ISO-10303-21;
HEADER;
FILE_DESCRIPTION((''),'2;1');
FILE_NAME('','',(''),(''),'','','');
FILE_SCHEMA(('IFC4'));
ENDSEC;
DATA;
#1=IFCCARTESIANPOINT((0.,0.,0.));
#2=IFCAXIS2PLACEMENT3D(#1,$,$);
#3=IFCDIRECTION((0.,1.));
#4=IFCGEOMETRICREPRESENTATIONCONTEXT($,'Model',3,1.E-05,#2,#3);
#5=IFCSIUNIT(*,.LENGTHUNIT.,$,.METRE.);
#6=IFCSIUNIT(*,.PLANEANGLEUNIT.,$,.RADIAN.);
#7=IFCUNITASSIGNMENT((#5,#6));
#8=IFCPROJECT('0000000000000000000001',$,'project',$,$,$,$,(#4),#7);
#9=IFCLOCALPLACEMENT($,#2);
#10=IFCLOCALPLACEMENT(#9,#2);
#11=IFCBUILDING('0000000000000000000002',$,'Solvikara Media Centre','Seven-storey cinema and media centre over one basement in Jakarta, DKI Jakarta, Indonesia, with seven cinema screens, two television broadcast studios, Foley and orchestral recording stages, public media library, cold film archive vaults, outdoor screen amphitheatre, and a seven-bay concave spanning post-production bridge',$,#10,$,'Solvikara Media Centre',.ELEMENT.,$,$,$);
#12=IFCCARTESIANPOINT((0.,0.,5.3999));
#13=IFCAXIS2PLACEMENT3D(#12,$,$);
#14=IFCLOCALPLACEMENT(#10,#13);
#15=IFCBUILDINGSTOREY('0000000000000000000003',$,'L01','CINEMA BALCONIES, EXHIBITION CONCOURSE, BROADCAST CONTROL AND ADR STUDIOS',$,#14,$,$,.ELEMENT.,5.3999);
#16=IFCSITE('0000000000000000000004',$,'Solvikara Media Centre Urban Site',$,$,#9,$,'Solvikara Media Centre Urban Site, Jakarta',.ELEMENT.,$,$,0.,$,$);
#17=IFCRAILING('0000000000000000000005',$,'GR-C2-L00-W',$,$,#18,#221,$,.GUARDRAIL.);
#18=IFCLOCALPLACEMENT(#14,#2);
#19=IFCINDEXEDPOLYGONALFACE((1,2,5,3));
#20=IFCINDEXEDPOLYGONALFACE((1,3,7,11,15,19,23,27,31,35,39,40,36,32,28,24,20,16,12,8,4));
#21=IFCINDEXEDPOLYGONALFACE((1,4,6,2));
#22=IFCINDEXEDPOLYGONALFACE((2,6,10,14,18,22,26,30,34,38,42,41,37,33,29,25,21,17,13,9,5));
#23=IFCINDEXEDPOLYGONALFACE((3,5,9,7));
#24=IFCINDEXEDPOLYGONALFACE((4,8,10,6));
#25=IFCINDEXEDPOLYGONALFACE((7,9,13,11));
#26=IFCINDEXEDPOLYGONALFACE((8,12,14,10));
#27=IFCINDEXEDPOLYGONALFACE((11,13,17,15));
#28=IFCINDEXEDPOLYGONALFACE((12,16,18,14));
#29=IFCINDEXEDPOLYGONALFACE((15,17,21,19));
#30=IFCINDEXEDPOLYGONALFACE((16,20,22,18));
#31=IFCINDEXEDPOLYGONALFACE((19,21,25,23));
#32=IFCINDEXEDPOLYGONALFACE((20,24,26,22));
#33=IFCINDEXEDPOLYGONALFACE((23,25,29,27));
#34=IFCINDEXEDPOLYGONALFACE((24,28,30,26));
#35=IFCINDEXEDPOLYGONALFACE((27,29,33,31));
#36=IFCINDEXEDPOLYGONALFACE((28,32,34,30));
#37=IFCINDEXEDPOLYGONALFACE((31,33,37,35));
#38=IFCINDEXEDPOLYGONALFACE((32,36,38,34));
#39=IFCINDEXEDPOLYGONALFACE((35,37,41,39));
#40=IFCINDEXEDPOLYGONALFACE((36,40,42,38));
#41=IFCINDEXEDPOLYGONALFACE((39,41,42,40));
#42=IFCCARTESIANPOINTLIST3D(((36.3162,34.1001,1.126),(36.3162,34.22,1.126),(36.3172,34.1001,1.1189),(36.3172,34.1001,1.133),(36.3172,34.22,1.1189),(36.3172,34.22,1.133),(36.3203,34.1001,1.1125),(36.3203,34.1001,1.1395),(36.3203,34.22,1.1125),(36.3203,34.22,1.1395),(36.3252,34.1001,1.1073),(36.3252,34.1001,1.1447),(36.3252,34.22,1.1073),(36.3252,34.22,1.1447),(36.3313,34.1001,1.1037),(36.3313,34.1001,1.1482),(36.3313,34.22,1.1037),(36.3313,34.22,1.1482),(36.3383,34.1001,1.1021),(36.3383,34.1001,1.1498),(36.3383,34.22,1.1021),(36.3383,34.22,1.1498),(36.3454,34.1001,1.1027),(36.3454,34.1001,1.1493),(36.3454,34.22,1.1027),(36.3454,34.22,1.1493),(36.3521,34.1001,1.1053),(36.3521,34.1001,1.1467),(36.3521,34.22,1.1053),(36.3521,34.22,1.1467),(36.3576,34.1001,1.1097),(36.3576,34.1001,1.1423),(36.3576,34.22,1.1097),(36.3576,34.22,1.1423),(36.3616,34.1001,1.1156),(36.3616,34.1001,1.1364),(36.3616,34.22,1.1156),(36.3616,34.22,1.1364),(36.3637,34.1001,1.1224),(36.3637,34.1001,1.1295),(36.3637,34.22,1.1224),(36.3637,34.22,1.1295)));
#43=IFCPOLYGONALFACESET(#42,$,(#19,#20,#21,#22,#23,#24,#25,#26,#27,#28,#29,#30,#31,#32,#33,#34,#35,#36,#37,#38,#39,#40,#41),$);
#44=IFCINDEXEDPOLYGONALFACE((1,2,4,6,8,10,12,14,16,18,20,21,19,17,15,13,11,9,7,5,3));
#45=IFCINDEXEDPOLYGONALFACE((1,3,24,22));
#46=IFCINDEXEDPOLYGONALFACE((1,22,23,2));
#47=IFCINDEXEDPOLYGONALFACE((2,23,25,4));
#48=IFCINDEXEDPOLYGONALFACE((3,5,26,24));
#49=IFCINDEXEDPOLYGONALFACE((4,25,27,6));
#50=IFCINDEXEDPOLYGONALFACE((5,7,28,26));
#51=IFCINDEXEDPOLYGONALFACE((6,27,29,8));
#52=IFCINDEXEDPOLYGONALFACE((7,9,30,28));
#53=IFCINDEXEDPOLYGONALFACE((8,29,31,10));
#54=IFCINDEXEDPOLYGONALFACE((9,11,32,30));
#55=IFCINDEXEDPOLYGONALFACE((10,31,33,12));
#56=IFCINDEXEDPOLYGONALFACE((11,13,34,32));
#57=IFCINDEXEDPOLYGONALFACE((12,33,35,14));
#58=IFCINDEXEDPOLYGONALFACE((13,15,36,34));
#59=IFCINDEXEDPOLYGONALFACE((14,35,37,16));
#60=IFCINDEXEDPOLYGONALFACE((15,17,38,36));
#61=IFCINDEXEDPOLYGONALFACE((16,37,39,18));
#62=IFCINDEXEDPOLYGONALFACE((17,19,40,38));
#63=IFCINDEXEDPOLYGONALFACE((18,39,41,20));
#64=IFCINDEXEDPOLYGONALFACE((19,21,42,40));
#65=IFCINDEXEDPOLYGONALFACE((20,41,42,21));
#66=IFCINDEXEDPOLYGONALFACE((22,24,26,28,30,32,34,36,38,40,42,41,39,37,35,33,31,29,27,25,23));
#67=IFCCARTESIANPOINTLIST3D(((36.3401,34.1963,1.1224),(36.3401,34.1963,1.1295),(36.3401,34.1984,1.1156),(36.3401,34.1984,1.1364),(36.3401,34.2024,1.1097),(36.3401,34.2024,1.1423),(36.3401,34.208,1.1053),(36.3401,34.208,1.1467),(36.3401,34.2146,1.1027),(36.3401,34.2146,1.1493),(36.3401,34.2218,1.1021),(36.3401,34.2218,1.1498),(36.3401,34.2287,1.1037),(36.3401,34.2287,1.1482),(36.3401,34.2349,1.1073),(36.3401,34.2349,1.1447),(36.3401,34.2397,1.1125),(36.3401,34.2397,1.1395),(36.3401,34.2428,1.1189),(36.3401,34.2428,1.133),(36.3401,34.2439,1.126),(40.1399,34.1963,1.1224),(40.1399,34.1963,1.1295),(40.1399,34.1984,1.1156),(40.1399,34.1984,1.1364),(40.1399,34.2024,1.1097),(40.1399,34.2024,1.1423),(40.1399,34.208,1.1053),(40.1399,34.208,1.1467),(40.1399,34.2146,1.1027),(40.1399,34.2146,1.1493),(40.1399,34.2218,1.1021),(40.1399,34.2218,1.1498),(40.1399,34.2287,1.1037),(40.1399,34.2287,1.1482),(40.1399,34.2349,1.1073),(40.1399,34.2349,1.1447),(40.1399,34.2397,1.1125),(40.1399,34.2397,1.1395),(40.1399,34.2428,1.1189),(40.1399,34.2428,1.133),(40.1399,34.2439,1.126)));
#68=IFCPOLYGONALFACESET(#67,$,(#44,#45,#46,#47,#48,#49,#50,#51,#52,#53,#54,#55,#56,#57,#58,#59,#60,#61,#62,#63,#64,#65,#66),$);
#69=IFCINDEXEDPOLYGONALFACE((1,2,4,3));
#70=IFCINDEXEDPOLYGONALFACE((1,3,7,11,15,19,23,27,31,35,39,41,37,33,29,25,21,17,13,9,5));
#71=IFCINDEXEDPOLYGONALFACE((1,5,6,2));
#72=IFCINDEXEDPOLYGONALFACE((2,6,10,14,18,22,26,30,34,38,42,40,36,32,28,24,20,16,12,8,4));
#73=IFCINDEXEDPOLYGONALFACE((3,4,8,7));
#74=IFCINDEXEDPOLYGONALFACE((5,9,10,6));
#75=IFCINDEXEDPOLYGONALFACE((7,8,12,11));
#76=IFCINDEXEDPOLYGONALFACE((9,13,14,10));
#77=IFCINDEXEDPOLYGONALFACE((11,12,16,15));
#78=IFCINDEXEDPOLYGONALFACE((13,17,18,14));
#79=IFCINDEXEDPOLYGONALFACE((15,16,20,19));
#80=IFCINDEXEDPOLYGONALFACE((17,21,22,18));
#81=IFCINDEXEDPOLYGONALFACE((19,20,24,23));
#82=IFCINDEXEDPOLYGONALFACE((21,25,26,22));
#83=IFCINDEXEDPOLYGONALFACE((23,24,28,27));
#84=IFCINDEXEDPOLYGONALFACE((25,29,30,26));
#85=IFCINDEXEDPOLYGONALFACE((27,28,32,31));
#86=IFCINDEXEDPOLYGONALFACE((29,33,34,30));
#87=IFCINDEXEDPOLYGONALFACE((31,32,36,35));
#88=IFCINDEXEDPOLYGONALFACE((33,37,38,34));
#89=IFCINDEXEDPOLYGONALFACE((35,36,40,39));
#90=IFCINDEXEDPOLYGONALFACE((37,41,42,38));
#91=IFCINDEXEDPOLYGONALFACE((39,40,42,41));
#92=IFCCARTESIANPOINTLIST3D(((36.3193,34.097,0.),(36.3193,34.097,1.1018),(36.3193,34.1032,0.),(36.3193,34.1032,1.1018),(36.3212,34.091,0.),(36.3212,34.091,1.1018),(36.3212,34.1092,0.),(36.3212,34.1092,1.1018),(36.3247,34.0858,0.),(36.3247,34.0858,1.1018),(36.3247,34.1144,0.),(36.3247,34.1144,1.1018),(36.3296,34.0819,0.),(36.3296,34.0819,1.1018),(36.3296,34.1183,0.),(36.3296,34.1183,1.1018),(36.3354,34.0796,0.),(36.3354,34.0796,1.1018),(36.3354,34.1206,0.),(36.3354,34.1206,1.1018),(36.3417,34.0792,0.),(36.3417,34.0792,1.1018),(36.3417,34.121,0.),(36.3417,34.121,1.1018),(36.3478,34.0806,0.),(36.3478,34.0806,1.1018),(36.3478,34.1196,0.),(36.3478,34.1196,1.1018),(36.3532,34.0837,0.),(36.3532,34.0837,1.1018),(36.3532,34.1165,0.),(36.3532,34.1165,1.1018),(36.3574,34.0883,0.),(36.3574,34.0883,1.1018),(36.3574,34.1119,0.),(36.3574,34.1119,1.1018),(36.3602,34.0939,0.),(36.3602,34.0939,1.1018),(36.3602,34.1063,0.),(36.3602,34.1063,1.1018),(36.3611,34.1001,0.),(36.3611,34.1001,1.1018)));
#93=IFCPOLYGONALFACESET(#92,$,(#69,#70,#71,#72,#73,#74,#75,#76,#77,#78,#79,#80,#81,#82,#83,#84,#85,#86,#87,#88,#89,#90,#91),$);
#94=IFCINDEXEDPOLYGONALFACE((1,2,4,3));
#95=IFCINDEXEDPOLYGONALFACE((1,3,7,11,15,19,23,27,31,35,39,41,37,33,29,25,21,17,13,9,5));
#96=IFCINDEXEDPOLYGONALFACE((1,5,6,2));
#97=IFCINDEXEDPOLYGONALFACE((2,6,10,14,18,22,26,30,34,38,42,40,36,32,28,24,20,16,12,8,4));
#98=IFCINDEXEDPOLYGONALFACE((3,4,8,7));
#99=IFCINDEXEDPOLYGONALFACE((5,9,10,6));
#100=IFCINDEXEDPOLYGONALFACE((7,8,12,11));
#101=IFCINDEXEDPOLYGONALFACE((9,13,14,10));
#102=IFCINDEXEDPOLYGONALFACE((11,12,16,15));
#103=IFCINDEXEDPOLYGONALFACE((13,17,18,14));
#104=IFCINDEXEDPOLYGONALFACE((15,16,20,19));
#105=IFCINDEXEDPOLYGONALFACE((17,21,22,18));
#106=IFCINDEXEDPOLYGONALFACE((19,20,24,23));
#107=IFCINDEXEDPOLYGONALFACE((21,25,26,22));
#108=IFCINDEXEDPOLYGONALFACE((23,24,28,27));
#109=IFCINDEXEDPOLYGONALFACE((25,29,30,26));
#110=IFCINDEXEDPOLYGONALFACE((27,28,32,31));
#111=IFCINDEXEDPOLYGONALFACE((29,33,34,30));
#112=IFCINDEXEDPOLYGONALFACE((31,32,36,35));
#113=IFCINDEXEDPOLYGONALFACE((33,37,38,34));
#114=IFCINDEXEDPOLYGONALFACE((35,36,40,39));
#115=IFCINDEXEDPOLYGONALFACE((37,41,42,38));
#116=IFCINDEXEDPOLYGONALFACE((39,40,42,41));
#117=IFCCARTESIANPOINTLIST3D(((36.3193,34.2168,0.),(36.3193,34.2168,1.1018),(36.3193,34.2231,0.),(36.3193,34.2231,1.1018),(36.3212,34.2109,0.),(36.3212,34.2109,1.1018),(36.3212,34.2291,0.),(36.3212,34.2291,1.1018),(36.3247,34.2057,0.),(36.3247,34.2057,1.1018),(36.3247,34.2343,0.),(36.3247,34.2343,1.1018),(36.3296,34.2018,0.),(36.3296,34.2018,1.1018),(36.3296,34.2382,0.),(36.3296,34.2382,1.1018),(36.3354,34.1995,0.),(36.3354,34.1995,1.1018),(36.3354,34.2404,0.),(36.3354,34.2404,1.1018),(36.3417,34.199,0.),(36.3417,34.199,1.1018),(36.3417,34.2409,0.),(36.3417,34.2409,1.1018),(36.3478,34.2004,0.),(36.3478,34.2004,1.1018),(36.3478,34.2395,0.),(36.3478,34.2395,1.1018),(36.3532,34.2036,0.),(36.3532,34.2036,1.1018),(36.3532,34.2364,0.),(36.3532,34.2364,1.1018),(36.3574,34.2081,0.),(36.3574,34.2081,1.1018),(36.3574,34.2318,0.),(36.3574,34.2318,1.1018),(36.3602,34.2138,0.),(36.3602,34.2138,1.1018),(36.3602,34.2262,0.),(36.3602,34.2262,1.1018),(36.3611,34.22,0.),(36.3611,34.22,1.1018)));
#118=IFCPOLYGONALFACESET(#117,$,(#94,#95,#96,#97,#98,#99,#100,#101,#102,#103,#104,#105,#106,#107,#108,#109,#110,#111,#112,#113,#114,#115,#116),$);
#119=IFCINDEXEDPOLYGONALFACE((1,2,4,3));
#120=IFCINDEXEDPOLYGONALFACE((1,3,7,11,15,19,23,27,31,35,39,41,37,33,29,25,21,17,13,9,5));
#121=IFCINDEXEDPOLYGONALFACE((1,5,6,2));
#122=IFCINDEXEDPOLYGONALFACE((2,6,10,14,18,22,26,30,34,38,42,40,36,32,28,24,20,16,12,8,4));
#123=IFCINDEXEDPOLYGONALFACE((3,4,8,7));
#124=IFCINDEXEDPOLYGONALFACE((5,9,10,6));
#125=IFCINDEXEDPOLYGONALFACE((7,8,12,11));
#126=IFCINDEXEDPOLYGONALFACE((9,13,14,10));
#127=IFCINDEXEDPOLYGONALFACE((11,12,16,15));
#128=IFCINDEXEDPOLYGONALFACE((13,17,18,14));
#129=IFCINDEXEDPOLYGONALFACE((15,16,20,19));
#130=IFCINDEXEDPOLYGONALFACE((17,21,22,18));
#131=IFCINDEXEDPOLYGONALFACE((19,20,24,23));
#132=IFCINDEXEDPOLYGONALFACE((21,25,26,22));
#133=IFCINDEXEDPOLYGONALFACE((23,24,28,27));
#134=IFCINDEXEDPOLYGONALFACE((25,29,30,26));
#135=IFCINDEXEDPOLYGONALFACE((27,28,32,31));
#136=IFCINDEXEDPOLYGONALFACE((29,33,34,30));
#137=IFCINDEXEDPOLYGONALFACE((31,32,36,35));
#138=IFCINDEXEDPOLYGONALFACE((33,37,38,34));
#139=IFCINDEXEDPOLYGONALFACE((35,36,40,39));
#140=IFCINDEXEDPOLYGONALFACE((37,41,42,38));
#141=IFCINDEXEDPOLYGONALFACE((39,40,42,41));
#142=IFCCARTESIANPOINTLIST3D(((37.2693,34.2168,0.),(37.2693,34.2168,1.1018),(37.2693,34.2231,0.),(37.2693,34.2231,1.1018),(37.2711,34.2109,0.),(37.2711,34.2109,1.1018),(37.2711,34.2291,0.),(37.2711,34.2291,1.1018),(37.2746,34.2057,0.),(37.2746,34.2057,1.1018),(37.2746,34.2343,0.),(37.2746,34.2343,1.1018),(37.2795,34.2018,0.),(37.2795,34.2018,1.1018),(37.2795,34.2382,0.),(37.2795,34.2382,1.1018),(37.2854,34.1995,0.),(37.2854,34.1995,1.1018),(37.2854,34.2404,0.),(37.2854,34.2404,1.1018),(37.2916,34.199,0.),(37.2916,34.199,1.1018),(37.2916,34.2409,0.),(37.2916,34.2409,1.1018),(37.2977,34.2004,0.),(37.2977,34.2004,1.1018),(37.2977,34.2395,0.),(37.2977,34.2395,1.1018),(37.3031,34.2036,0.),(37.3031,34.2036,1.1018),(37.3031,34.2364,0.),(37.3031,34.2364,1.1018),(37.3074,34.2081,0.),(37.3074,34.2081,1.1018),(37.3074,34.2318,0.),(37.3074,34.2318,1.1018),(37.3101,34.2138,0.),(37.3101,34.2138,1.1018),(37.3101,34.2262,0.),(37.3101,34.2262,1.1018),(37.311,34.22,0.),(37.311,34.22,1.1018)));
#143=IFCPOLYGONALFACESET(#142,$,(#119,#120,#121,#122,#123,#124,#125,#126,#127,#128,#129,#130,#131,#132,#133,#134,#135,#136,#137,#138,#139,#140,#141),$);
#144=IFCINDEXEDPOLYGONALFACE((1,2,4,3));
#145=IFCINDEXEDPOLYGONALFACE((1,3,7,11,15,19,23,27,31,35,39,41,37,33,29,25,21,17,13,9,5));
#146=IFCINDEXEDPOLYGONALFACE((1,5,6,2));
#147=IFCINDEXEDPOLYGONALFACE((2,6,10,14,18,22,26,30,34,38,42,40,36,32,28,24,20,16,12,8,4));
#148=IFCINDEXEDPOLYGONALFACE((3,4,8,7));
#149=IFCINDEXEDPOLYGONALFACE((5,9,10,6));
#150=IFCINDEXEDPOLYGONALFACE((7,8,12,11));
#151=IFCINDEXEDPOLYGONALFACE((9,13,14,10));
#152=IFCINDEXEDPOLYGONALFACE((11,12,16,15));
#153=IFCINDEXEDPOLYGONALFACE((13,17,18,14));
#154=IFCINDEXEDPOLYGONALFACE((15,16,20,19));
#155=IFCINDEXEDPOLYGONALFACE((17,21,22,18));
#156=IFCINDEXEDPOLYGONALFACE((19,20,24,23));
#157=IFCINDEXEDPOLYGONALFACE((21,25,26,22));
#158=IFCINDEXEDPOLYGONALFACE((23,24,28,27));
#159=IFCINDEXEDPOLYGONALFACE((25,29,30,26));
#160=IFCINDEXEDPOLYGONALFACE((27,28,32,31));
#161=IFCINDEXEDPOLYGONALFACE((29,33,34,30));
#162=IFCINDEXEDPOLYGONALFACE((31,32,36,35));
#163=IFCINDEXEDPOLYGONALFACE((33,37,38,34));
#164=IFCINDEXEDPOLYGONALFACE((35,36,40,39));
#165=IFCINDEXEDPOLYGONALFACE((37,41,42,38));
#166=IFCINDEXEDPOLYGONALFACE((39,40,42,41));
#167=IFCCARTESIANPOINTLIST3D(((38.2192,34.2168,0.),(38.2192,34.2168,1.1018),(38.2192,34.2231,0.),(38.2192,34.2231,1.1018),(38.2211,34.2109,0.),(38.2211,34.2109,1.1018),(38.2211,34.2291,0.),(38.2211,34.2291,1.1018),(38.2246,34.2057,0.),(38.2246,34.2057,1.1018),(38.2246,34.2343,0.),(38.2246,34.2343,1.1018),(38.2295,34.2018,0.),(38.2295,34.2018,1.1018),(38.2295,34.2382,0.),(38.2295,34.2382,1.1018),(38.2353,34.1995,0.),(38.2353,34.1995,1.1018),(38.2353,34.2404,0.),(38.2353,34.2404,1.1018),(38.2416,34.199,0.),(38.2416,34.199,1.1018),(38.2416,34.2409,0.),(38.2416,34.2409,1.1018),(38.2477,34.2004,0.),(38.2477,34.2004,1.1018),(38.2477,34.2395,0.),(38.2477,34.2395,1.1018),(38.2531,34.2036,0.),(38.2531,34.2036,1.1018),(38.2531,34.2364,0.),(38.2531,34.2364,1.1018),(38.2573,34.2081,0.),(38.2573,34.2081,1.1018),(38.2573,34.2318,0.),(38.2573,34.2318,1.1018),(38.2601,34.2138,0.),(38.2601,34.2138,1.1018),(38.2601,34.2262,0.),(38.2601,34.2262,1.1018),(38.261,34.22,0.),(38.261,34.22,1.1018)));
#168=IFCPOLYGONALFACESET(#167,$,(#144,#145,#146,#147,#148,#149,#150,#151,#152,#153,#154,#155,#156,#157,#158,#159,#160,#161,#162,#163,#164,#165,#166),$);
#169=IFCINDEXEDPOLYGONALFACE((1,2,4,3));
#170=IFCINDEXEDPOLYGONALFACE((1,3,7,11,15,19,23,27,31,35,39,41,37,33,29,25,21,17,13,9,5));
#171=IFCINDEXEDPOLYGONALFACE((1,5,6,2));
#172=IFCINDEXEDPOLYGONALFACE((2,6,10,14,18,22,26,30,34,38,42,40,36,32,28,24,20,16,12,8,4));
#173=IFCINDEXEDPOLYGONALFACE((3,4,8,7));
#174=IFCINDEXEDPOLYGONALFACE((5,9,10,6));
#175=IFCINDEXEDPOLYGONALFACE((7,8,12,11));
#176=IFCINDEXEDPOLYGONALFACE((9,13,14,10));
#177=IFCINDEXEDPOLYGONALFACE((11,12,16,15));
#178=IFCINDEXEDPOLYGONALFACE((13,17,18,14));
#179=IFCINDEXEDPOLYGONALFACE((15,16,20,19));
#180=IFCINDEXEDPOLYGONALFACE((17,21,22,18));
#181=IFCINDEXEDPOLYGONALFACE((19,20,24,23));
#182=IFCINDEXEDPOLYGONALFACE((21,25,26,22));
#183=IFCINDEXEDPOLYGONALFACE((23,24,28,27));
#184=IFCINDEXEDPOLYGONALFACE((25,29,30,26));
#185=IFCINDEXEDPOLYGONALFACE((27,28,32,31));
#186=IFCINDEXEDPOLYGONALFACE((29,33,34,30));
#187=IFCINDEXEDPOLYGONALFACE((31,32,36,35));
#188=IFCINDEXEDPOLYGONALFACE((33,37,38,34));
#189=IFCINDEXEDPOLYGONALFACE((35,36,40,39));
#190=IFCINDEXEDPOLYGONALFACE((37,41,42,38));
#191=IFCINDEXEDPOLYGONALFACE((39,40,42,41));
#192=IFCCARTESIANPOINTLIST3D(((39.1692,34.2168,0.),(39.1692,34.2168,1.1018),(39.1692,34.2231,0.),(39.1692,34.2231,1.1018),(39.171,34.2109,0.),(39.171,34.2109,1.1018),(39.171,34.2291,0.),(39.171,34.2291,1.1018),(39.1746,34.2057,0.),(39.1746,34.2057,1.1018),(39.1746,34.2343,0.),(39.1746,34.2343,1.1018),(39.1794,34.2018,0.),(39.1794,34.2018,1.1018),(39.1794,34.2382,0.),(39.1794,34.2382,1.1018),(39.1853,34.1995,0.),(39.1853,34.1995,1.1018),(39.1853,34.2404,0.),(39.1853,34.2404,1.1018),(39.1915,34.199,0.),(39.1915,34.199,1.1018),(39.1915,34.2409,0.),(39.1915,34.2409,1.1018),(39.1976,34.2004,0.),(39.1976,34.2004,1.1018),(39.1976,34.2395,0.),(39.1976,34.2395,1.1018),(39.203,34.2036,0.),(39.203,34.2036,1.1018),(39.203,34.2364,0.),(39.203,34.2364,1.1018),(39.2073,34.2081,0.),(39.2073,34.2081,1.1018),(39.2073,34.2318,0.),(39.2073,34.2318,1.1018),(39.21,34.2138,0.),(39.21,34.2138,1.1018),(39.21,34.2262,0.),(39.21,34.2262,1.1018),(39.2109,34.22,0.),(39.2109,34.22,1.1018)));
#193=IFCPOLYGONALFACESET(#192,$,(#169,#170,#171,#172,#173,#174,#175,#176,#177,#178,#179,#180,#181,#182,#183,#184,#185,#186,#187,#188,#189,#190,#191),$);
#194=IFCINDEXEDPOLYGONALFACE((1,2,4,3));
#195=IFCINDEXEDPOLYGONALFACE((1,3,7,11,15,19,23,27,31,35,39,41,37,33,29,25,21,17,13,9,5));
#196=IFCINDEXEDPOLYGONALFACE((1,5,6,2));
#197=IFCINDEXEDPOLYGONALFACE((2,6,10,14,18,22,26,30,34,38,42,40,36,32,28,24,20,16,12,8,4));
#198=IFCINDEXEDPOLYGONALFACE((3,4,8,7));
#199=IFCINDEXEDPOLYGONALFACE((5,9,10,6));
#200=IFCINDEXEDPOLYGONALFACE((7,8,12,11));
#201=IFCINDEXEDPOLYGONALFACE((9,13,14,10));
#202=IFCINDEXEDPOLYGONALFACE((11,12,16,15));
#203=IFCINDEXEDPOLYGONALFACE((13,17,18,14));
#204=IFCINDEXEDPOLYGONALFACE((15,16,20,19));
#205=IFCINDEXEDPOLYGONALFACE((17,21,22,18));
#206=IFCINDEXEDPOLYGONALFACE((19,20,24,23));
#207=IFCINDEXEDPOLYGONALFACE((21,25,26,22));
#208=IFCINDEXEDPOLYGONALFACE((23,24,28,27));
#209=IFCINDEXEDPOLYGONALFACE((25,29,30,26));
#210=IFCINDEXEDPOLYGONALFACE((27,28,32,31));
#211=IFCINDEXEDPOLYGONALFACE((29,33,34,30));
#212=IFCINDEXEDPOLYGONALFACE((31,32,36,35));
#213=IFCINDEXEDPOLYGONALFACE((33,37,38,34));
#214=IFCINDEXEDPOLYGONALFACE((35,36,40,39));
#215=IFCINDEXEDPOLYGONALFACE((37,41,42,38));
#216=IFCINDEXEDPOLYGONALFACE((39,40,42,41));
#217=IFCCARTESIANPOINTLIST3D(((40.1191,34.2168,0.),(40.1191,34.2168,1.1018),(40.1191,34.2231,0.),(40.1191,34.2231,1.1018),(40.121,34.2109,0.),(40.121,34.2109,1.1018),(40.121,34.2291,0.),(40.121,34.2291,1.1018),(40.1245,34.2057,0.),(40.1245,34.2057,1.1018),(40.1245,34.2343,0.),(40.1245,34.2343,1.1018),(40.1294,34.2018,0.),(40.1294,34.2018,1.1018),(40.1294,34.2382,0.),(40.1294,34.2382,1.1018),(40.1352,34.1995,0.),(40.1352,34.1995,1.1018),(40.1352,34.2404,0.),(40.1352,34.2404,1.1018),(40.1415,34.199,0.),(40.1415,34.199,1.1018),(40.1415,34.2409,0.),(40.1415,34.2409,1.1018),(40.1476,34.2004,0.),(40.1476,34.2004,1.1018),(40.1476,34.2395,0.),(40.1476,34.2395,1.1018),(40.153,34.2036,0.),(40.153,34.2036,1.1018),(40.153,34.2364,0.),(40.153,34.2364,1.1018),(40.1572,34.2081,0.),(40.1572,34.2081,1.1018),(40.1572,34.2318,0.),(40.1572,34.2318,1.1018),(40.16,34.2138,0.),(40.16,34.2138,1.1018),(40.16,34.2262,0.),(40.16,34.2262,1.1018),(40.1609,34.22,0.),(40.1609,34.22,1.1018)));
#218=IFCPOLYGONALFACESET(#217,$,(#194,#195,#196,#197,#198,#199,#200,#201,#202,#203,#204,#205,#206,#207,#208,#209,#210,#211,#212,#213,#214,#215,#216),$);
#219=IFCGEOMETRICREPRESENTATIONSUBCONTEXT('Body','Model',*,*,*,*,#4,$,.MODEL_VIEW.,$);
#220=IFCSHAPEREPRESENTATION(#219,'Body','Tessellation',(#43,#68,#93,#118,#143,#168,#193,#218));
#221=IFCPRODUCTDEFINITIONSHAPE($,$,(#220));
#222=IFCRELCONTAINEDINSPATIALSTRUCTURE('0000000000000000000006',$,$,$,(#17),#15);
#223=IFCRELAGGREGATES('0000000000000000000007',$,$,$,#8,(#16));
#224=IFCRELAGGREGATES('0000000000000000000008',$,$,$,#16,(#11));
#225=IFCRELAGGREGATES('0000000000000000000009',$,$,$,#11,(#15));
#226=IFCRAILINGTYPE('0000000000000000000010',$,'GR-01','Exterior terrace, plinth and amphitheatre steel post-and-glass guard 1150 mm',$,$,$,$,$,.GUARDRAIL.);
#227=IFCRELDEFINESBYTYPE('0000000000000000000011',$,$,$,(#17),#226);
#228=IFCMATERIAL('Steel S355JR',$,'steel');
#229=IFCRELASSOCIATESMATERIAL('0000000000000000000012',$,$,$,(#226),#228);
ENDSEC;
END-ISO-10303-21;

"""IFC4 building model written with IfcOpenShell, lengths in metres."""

from ifc_helpers import new_model, si_unit, direction, frame, origin, origin_2d, place, context, subcontext, project, spatial, circle, extrude, material, type_object, element, save


model = new_model("IFC4")

# Units and contexts
model_context = context("Model", 3, precision=1e-05, world=origin(), true_north=direction((0.0, 1.0)))
body_context = subcontext(model_context, "Body", "Model", "MODEL_VIEW")
ifc_project = project(units=[si_unit("LENGTHUNIT", "METRE"), si_unit("PLANEANGLEUNIT", "RADIAN")], contexts=[model_context])

# Site, building, storey
site_placement = place(None, origin())
site = spatial("IfcSite", under=ifc_project, at=site_placement, Name="Solvikara Media Centre Urban Site", LongName="Solvikara Media Centre Urban Site, Jakarta", CompositionType="ELEMENT", RefElevation=0.0)
building_placement = place(site_placement, origin())
building = spatial("IfcBuilding", under=site, at=building_placement, Name="Solvikara Media Centre", Description="Seven-storey cinema and media centre over one basement in Jakarta, DKI Jakarta, Indonesia, with seven cinema screens, two television broadcast studios, Foley and orchestral recording stages, public media library, cold film archive vaults, outdoor screen amphitheatre, and a seven-bay concave spanning post-production bridge", LongName="Solvikara Media Centre", CompositionType="ELEMENT")
storey_placement = place(building_placement, frame((0.0, 0.0, 5.3999)))
storey = spatial("IfcBuildingStorey", under=building, at=storey_placement, Name="L01", Description="CINEMA BALCONIES, EXHIBITION CONCOURSE, BROADCAST CONTROL AND ADR STUDIOS", CompositionType="ELEMENT", Elevation=5.3999)

# Shared definitions
ifc_material_1 = material(Name="Steel S355JR", Category="steel")

# Railing
railing_type_1 = type_object("IfcRailingType", Name="GR-01", Description="Exterior terrace, plinth and amphitheatre steel post-and-glass guard 1150 mm", PredefinedType="GUARDRAIL", material=ifc_material_1)
railing_1_placement = place(storey_placement, frame((36.3401, 34.1001, 0.0)))
element("IfcRailing", 1, at=railing_1_placement, inside=storey, type_object=railing_type_1, Name="GR-C2-L00-W", PredefinedType="GUARDRAIL", context=body_context, shape_type="SweptSolid", body=[
    extrude(circle(Radius=0.0239, at=origin_2d()), frame((0.0, 0.0, 1.126), z_axis=(0.0, 1.0, 0.0), x_axis=(-1.0, 0.0, 0.0)), (0.0, 0.0, 1.0), 0.1199),
    extrude(circle(Radius=0.0239, at=origin_2d()), frame((0.0, 0.1199, 1.126), z_axis=(1.0, 0.0, 0.0), x_axis=(0.0, 1.0, 0.0)), (0.0, 0.0, 1.0), 3.7998),
    extrude(circle(Radius=0.021, at=origin_2d()), origin(), (0.0, 0.0, 1.0), 1.1018),
    extrude(circle(Radius=0.021, at=origin_2d()), frame((0.0, 0.1199, 0.0)), (0.0, 0.0, 1.0), 1.1018),
    extrude(circle(Radius=0.021, at=origin_2d()), frame((0.95, 0.1199, 0.0)), (0.0, 0.0, 1.0), 1.1018),
    extrude(circle(Radius=0.021, at=origin_2d()), frame((1.8999, 0.1199, 0.0)), (0.0, 0.0, 1.0), 1.1018),
    extrude(circle(Radius=0.021, at=origin_2d()), frame((2.8499, 0.1199, 0.0)), (0.0, 0.0, 1.0), 1.1018),
    extrude(circle(Radius=0.021, at=origin_2d()), frame((3.7998, 0.1199, 0.0)), (0.0, 0.0, 1.0), 1.1018),
])

save(model, "model.ifc")
